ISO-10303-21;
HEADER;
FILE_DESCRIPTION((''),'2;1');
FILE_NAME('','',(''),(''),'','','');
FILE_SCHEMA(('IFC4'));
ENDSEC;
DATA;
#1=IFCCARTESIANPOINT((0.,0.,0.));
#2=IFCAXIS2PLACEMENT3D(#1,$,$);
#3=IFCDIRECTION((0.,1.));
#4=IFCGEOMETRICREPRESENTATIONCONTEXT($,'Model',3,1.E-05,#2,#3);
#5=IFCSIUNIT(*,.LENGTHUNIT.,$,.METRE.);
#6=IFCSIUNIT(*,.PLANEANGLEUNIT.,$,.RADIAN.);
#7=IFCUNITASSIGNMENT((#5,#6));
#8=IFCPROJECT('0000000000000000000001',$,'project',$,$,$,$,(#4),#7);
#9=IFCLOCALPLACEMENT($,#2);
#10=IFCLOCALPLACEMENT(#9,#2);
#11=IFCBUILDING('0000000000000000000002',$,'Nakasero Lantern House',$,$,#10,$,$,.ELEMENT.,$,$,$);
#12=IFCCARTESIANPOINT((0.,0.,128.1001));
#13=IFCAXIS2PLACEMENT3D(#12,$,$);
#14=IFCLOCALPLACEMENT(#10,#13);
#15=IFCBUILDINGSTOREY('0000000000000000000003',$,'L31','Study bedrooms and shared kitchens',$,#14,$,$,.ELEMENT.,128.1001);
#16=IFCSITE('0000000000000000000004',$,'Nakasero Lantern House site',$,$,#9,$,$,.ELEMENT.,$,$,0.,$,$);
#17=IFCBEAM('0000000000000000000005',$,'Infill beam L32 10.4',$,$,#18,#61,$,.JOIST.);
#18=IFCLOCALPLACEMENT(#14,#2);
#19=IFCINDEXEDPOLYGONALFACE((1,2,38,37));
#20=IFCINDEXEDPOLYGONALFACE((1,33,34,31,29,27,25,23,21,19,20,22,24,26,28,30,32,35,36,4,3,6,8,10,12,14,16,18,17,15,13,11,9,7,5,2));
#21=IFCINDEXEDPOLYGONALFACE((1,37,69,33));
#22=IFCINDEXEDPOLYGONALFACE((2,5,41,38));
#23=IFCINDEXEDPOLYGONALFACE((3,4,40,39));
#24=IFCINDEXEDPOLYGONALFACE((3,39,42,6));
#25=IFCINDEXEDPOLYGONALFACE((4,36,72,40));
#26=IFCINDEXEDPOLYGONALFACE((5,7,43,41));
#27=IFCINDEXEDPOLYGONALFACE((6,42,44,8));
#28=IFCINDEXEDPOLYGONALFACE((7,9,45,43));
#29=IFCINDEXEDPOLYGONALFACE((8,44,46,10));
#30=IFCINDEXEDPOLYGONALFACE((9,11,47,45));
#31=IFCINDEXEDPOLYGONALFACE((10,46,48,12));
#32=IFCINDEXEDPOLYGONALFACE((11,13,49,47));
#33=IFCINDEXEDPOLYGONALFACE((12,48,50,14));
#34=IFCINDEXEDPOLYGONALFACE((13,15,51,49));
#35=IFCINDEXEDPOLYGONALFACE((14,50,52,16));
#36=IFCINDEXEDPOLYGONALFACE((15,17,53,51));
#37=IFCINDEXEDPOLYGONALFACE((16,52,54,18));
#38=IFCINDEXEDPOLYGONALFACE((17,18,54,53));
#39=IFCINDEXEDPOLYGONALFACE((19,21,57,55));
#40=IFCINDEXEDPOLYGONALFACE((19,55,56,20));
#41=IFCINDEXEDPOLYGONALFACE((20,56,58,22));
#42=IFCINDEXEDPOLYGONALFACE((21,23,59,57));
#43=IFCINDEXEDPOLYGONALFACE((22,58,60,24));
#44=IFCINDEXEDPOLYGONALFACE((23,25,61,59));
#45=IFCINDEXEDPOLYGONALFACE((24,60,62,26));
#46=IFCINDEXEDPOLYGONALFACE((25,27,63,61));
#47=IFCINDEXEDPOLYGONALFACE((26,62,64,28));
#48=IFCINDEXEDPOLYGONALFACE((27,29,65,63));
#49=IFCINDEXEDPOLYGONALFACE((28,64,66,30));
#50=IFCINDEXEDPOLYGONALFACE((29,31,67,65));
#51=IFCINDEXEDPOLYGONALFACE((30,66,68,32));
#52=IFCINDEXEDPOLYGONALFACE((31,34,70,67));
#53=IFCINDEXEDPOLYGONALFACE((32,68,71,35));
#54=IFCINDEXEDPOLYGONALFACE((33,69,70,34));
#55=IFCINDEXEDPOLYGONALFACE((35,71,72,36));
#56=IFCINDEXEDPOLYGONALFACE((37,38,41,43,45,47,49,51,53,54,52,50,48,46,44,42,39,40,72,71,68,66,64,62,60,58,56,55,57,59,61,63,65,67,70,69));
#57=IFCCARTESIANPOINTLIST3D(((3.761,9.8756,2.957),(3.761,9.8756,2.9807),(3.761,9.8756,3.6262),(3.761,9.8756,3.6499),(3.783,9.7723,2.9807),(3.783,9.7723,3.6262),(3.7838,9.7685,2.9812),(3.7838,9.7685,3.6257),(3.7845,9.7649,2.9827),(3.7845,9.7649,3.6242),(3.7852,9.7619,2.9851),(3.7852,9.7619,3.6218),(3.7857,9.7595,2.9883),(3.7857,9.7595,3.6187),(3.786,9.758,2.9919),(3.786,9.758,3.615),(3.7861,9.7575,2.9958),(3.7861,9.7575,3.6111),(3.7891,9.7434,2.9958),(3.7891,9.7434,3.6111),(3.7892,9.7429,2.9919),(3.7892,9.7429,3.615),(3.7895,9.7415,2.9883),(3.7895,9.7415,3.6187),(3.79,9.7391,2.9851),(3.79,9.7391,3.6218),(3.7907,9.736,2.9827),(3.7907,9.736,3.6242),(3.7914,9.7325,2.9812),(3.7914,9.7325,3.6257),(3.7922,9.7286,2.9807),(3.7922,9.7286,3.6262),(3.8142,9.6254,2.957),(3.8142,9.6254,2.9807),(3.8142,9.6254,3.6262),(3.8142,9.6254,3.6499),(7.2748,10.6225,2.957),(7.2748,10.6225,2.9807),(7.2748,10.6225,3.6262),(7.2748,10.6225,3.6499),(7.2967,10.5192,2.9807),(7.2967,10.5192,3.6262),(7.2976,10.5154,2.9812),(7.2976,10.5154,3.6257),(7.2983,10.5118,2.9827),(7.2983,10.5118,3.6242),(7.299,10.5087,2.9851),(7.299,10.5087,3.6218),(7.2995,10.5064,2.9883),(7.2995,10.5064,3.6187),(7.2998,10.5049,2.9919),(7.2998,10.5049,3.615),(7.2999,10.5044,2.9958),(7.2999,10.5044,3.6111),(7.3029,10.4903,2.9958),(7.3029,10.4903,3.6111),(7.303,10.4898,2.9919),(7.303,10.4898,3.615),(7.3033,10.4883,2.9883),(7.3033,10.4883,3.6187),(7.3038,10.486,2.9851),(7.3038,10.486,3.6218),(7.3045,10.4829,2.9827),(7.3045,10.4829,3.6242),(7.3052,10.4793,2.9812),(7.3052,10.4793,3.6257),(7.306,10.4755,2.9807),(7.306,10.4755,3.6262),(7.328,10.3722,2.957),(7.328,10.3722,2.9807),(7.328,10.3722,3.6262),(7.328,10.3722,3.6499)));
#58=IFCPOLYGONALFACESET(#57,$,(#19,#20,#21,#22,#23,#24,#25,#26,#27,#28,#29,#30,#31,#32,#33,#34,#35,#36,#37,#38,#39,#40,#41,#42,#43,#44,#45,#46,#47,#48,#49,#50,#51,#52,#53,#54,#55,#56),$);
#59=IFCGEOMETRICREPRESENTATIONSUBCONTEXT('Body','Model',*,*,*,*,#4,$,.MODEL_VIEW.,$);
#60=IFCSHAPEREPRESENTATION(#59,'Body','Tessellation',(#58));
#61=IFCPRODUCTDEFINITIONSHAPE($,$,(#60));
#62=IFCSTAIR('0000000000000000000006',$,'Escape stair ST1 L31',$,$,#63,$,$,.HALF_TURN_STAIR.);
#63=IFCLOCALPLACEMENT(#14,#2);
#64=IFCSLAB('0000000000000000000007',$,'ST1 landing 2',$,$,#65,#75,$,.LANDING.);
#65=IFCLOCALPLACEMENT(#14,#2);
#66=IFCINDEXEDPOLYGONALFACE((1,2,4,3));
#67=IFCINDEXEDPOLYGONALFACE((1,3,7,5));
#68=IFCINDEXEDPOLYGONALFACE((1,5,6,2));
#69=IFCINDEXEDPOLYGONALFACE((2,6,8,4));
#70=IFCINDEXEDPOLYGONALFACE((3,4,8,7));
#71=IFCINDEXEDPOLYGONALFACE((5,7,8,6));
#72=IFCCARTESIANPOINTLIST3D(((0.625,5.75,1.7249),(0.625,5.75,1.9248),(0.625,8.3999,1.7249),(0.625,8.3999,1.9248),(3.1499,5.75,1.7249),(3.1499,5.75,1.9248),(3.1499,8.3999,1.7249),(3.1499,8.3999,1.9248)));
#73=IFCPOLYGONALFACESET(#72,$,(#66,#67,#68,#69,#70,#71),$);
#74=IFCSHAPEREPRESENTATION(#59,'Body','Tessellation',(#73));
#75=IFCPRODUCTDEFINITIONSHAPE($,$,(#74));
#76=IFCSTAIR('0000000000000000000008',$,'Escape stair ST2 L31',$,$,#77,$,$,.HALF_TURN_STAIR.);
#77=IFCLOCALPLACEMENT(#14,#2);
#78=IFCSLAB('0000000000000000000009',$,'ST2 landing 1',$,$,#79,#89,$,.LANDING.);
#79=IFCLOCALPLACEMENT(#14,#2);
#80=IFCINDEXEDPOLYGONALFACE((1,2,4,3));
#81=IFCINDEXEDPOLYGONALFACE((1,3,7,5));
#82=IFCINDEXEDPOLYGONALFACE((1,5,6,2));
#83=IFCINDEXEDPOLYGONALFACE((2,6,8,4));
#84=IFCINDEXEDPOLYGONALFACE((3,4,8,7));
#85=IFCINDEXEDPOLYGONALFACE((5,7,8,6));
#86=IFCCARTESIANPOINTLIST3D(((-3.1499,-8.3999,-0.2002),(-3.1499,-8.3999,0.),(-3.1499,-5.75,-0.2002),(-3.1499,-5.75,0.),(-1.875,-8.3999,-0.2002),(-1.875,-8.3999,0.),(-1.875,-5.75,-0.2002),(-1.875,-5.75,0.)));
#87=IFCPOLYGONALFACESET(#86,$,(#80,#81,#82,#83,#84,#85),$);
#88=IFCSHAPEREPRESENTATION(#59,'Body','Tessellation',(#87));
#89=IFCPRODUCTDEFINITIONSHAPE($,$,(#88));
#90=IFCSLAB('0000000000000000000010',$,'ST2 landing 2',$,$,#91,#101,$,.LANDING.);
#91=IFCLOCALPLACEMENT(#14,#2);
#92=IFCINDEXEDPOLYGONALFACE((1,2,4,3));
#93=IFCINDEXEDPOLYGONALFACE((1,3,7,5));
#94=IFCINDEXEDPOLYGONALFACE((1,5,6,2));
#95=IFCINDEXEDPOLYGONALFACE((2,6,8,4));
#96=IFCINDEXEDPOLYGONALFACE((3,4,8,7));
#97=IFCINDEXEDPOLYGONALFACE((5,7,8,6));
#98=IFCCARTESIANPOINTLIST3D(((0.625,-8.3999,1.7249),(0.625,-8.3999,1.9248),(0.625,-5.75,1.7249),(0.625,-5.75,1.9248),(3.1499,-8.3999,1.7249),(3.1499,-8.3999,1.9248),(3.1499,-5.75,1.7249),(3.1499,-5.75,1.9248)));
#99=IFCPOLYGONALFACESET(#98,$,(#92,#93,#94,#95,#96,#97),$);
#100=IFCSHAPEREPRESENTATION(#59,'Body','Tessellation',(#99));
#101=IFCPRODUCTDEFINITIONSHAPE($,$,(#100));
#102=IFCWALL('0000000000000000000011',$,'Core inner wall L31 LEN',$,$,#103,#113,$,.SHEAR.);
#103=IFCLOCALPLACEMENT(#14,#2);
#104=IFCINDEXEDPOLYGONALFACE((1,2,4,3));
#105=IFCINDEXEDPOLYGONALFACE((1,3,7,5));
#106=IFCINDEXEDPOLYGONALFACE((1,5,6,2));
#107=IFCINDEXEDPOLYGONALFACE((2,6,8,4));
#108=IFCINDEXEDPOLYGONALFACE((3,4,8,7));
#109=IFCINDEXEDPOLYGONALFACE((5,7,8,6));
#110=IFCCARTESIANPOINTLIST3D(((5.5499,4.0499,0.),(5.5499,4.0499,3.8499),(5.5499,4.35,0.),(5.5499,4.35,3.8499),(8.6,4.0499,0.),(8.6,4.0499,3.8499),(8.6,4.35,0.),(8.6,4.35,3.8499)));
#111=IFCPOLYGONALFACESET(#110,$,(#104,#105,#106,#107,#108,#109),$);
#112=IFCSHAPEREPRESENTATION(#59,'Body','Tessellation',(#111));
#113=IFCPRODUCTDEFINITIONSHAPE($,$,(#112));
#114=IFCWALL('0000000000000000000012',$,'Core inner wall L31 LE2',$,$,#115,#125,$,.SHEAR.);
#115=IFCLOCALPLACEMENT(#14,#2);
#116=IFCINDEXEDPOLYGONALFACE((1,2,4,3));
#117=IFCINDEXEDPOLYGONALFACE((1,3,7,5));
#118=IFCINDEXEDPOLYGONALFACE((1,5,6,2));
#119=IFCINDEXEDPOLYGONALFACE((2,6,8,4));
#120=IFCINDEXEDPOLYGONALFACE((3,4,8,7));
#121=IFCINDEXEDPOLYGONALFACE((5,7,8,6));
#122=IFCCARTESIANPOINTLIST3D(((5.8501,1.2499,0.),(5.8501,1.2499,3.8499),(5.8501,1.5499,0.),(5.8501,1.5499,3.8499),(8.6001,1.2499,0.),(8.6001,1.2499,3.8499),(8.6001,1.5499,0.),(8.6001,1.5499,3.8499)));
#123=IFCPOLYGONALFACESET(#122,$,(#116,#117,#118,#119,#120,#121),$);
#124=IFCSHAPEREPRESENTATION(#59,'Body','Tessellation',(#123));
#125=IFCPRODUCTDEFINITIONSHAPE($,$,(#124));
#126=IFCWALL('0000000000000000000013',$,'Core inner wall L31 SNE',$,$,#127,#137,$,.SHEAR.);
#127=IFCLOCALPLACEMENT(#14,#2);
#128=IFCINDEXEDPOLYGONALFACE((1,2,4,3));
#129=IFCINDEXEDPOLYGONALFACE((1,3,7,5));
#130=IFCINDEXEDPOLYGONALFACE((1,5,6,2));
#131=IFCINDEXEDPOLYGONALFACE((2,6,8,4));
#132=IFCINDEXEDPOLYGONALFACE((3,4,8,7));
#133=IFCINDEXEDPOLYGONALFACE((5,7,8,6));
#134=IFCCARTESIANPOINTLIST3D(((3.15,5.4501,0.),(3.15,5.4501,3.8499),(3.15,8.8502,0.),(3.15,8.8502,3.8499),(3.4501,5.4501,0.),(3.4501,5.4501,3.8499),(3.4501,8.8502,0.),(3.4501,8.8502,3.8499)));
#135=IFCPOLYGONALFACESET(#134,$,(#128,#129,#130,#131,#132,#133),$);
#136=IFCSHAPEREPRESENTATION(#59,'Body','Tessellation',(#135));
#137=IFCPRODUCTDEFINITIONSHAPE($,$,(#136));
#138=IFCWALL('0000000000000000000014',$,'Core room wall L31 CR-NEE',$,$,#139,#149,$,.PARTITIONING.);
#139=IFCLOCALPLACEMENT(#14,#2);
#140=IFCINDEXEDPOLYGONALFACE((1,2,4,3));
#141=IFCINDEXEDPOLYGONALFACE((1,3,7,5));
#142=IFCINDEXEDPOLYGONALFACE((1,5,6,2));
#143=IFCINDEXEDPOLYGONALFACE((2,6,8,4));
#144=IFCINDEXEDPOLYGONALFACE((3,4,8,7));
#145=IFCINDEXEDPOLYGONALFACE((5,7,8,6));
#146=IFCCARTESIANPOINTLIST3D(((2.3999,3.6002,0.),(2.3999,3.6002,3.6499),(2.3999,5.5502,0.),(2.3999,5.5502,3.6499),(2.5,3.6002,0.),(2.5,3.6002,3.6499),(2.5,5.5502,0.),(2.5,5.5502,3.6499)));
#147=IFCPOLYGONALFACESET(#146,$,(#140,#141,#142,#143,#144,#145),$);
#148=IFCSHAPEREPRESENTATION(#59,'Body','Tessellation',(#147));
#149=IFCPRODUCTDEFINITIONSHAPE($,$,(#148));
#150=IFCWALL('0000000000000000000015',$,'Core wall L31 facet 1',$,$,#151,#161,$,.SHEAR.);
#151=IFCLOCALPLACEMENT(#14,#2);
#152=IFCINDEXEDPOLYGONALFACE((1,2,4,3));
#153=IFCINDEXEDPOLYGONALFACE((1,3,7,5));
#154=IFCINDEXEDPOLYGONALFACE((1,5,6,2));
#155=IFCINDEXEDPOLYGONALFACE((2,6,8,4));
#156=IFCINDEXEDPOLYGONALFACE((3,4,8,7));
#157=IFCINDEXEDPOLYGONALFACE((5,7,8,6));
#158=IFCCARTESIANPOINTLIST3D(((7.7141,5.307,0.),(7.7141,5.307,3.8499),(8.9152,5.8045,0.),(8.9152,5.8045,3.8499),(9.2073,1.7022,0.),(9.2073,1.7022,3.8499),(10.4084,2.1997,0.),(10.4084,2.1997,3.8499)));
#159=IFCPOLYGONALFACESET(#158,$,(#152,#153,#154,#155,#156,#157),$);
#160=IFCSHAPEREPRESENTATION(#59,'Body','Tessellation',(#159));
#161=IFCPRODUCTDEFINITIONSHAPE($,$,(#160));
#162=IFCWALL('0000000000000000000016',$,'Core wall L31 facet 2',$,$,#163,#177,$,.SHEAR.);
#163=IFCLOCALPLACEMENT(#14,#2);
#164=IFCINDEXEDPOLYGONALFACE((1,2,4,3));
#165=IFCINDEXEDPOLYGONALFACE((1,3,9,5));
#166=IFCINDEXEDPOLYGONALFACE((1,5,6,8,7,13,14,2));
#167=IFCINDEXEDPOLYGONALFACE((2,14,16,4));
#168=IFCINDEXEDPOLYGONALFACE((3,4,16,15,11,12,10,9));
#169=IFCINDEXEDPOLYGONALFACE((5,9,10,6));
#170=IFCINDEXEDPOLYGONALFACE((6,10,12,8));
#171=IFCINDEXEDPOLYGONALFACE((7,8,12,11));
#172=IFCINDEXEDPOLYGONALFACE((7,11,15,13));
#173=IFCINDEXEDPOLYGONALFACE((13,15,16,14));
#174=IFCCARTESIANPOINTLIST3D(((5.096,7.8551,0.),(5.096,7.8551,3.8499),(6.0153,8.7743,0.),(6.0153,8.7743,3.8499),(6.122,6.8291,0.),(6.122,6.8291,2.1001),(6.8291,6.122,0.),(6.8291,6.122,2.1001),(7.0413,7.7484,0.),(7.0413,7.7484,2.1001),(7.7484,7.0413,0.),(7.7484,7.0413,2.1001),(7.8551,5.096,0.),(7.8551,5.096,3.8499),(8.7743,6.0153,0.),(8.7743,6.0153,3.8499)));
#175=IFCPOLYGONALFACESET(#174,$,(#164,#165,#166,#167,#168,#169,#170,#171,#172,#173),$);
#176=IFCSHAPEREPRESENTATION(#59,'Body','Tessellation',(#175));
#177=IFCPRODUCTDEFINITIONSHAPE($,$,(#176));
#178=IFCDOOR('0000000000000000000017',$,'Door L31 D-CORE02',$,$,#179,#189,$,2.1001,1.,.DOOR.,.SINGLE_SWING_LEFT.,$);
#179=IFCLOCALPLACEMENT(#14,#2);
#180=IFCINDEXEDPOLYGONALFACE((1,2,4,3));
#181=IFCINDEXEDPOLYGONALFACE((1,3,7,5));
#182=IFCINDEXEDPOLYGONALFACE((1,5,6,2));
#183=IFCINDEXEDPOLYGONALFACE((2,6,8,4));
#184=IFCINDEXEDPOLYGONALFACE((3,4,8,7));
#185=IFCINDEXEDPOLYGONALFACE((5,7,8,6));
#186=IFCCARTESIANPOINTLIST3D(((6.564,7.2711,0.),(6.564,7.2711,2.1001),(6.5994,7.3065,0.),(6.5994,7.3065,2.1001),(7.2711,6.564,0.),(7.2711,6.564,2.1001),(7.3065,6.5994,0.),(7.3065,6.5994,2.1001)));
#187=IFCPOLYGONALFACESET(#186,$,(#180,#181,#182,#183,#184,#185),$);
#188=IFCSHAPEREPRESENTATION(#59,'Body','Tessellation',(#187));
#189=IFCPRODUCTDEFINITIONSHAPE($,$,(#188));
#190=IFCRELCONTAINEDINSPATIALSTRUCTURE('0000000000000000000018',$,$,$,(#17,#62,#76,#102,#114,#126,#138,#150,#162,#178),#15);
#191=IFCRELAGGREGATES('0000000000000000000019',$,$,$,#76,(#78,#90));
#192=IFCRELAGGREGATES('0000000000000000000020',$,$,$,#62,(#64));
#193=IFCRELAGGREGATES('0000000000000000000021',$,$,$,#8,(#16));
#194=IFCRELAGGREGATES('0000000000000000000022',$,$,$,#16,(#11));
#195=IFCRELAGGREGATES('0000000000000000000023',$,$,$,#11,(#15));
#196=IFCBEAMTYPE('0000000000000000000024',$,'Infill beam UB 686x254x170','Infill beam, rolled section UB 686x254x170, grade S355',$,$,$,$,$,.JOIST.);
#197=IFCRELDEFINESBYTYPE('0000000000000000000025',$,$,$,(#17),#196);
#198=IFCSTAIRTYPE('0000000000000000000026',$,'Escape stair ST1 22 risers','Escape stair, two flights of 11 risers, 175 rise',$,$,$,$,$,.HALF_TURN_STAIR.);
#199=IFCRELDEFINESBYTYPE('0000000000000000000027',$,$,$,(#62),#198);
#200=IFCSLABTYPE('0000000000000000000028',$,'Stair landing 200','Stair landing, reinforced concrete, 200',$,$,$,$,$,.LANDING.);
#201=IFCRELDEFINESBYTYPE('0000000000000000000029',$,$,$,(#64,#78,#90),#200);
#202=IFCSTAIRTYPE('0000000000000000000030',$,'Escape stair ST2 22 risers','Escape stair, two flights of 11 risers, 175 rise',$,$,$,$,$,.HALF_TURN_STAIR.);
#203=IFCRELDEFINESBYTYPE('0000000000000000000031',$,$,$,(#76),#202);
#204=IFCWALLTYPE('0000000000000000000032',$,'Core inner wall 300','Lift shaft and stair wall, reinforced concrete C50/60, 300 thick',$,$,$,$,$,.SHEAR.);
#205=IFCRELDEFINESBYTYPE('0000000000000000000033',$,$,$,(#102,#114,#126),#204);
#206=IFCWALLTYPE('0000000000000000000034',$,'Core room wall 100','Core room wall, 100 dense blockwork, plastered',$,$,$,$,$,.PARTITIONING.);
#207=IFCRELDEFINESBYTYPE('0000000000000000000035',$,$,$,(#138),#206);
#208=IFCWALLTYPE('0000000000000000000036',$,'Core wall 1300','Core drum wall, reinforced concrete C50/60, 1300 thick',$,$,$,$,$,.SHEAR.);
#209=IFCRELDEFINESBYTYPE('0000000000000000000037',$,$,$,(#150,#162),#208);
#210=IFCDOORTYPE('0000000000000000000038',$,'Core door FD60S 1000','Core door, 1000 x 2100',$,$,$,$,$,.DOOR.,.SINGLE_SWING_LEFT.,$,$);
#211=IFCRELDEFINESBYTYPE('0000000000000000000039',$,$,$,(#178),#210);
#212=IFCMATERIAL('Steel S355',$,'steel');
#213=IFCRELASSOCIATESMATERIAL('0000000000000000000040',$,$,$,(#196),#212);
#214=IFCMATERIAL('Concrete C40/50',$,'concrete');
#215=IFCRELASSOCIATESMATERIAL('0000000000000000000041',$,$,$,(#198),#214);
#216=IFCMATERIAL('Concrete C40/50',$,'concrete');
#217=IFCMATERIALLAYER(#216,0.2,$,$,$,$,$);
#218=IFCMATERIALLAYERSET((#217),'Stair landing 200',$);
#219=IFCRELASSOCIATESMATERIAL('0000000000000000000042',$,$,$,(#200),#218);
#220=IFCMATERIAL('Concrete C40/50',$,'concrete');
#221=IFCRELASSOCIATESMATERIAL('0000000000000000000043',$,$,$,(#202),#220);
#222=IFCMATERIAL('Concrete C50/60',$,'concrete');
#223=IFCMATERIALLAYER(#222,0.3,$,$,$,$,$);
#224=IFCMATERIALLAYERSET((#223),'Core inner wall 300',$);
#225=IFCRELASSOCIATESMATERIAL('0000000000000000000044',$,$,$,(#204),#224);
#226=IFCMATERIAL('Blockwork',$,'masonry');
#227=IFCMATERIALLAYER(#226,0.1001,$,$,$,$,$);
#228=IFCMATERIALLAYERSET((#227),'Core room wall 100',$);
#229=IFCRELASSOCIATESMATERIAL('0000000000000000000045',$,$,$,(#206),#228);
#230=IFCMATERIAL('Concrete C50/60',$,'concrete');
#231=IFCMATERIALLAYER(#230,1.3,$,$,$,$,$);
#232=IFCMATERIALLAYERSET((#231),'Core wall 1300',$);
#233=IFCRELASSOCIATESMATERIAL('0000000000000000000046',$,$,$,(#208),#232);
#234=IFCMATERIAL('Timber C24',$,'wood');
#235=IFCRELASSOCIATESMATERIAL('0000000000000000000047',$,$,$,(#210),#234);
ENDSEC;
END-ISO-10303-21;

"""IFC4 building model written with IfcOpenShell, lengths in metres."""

from ifc_helpers import new_model, si_unit, direction, frame, frame_2d, origin, origin_2d, place, context, subcontext, project, spatial, polyline, rectangle, i_section, outline, extrude, material, layer, layer_set, material_profile, profile_set, type_object, element, fill, aggregate, save


model = new_model("IFC4")

# Units and contexts
model_context = context("Model", 3, precision=1e-05, world=origin(), true_north=direction((0.0, 1.0)))
body_context = subcontext(model_context, "Body", "Model", "MODEL_VIEW")
ifc_project = project(units=[si_unit("LENGTHUNIT", "METRE"), si_unit("PLANEANGLEUNIT", "RADIAN")], contexts=[model_context])

# Site, building, storey
site_placement = place(None, origin())
site = spatial("IfcSite", under=ifc_project, at=site_placement, Name="Nakasero Lantern House site", CompositionType="ELEMENT", RefElevation=0.0)
building_placement = place(site_placement, origin())
building = spatial("IfcBuilding", under=site, at=building_placement, Name="Nakasero Lantern House", CompositionType="ELEMENT")
storey_placement = place(building_placement, frame((0.0, 0.0, 128.1001)))
storey = spatial("IfcBuildingStorey", under=building, at=storey_placement, Name="L31", Description="Study bedrooms and shared kitchens", CompositionType="ELEMENT", Elevation=128.1001)

# Beam
ifc_material_1 = material(Name="Steel S355", Category="steel")
ifc_material_profile_1 = material_profile(ifc_material_1, i_section(OverallWidth=0.2559, OverallDepth=0.6929, WebThickness=0.0144, FlangeThickness=0.0237, FilletRadius=0.0151, at=origin_2d()), Name="UB 686x254x170")
ifc_profile_set_1 = profile_set([ifc_material_profile_1], Name="Steel S355")
beam_type_1 = type_object("IfcBeamType", Name="Infill beam UB 686x254x170", Description="Infill beam, rolled section UB 686x254x170, grade S355", PredefinedType="JOIST", material=ifc_profile_set_1)
beam_1_placement = place(storey_placement, frame((3.7876, 9.7505, 3.3035), z_axis=(0.978149, 0.207904, 0.0), x_axis=(-0.207904, 0.978149, 0.0)))
element("IfcBeam", 1, at=beam_1_placement, inside=storey, type_object=beam_type_1, Name="Infill beam L32 10.4", PredefinedType="JOIST", context=body_context, shape_type="SweptSolid", body=[
    extrude(i_section(OverallWidth=0.2559, OverallDepth=0.6929, WebThickness=0.0144, FlangeThickness=0.0237, FilletRadius=0.0151, at=origin_2d()), origin(), (0.0, 0.0, 1.0), 3.5923),
])

# Stair, slab
ifc_material_2 = material(Name="Concrete C40/50", Category="concrete")
stair_type_1 = type_object("IfcStairType", Name="Escape stair ST1 22 risers", Description="Escape stair, two flights of 11 risers, 175 rise", PredefinedType="HALF_TURN_STAIR", material=ifc_material_2)
stair_1_placement = place(storey_placement, origin())
stair_1 = element("IfcStair", 2, at=stair_1_placement, inside=storey, type_object=stair_type_1, Name="Escape stair ST1 L31", PredefinedType="HALF_TURN_STAIR")
ifc_material_3 = material(Name="Concrete C40/50", Category="concrete")
ifc_layer_1 = layer(ifc_material_3, 0.2)
ifc_layer_set_1 = layer_set([ifc_layer_1], Name="Stair landing 200")
slab_type = type_object("IfcSlabType", Name="Stair landing 200", Description="Stair landing, reinforced concrete, 200", PredefinedType="LANDING", material=ifc_layer_set_1)
slab_1_placement = place(storey_placement, frame((0.0, 0.0, 1.7249)))
slab_1 = element("IfcSlab", 3, at=slab_1_placement, type_object=slab_type, Name="ST1 landing 2", PredefinedType="LANDING", context=body_context, shape_type="SweptSolid", body=[
    extrude(outline(polyline([(0.625, 5.75), (3.1499, 5.75), (3.1499, 8.3999), (0.625, 8.3999), (0.625, 5.75)])), origin(), (0.0, 0.0, 1.0), 0.2),
])

# Stair, slabs
ifc_material_4 = material(Name="Concrete C40/50", Category="concrete")
stair_type_2 = type_object("IfcStairType", Name="Escape stair ST2 22 risers", Description="Escape stair, two flights of 11 risers, 175 rise", PredefinedType="HALF_TURN_STAIR", material=ifc_material_4)
stair_2_placement = place(storey_placement, origin())
stair_2 = element("IfcStair", 4, at=stair_2_placement, inside=storey, type_object=stair_type_2, Name="Escape stair ST2 L31", PredefinedType="HALF_TURN_STAIR")
slab_2_placement = place(storey_placement, frame((0.0, 0.0, -0.2002)))
slab_2 = element("IfcSlab", 5, at=slab_2_placement, type_object=slab_type, Name="ST2 landing 1", PredefinedType="LANDING", context=body_context, shape_type="SweptSolid", body=[
    extrude(outline(polyline([(-3.1499, -8.3999), (-1.875, -8.3999), (-1.875, -5.75), (-3.1499, -5.75), (-3.1499, -8.3999)])), origin(), (0.0, 0.0, 1.0), 0.2002),
])
slab_3_placement = place(storey_placement, frame((0.0, 0.0, 1.7249)))
slab_3 = element("IfcSlab", 6, at=slab_3_placement, type_object=slab_type, Name="ST2 landing 2", PredefinedType="LANDING", context=body_context, shape_type="SweptSolid", body=[
    extrude(outline(polyline([(0.625, -8.3999), (3.1499, -8.3999), (3.1499, -5.75), (0.625, -5.75), (0.625, -8.3999)])), origin(), (0.0, 0.0, 1.0), 0.2),
])
aggregate(stair_2, [slab_2, slab_3])

# Walls
ifc_material_5 = material(Name="Concrete C50/60", Category="concrete")
ifc_layer_2 = layer(ifc_material_5, 0.3)
ifc_layer_set_2 = layer_set([ifc_layer_2], Name="Core inner wall 300")
wall_type_1 = type_object("IfcWallType", Name="Core inner wall 300", Description="Lift shaft and stair wall, reinforced concrete C50/60, 300 thick", PredefinedType="SHEAR", material=ifc_layer_set_2)
wall_1_placement = place(storey_placement, frame((5.55, 4.2, 0.0), z_axis=(0.0, 0.0, 1.0), x_axis=(1.0, 0.0, 0.0)))
element("IfcWall", 7, at=wall_1_placement, inside=storey, type_object=wall_type_1, Name="Core inner wall L31 LEN", PredefinedType="SHEAR", context=body_context, shape_type="SweptSolid", body=[
    extrude(rectangle(XDim=3.05, YDim=0.3, at=frame_2d((1.5249, 0.0))), origin(), (0.0, 0.0, 1.0), 3.8499),
])
wall_2_placement = place(storey_placement, frame((5.8501, 1.3999, 0.0), z_axis=(0.0, 0.0, 1.0), x_axis=(1.0, 0.0, 0.0)))
element("IfcWall", 8, at=wall_2_placement, inside=storey, type_object=wall_type_1, Name="Core inner wall L31 LE2", PredefinedType="SHEAR", context=body_context, shape_type="SweptSolid", body=[
    extrude(rectangle(XDim=2.75, YDim=0.3, at=frame_2d((1.375, 0.0))), origin(), (0.0, 0.0, 1.0), 3.8499),
])
wall_3_placement = place(storey_placement, frame((3.3, 5.45, 0.0), z_axis=(0.0, 0.0, 1.0), x_axis=(0.0, 1.0, 0.0)))
element("IfcWall", 9, at=wall_3_placement, inside=storey, type_object=wall_type_1, Name="Core inner wall L31 SNE", PredefinedType="SHEAR", context=body_context, shape_type="SweptSolid", body=[
    extrude(rectangle(XDim=3.4001, YDim=0.3, at=frame_2d((1.7002, 0.0))), origin(), (0.0, 0.0, 1.0), 3.8499),
])
ifc_material_6 = material(Name="Blockwork", Category="masonry")
ifc_layer_3 = layer(ifc_material_6, 0.1001)
ifc_layer_set_3 = layer_set([ifc_layer_3], Name="Core room wall 100")
wall_type_2 = type_object("IfcWallType", Name="Core room wall 100", Description="Core room wall, 100 dense blockwork, plastered", PredefinedType="PARTITIONING", material=ifc_layer_set_3)
wall_4_placement = place(storey_placement, frame((2.45, 3.6001, 0.0), z_axis=(0.0, 0.0, 1.0), x_axis=(0.0, 1.0, 0.0)))
element("IfcWall", 10, at=wall_4_placement, inside=storey, type_object=wall_type_2, Name="Core room wall L31 CR-NEE", PredefinedType="PARTITIONING", context=body_context, shape_type="SweptSolid", body=[
    extrude(rectangle(XDim=1.95, YDim=0.1001, at=frame_2d((0.9751, 0.0))), origin(), (0.0, 0.0, 1.0), 3.6499),
])
ifc_material_7 = material(Name="Concrete C50/60", Category="concrete")
ifc_layer_4 = layer(ifc_material_7, 1.3)
ifc_layer_set_4 = layer_set([ifc_layer_4], Name="Core wall 1300")
wall_type_3 = type_object("IfcWallType", Name="Core wall 1300", Description="Core drum wall, reinforced concrete C50/60, 1300 thick", PredefinedType="SHEAR", material=ifc_layer_set_4)
wall_5_placement = place(storey_placement, frame((9.8079, 1.9509, 0.0), z_axis=(0.0, 0.0, 1.0), x_axis=(-0.382691, 0.923877, 0.0)))
element("IfcWall", 11, at=wall_5_placement, inside=storey, type_object=wall_type_3, Name="Core wall L31 facet 1", PredefinedType="SHEAR", context=body_context, shape_type="SweptSolid", body=[
    extrude(rectangle(XDim=3.9019, YDim=1.3, at=frame_2d((1.9509, 0.0))), origin(), (0.0, 0.0, 1.0), 3.8499),
])

# Wall, opening, door
wall_6_placement = place(storey_placement, frame((8.3147, 5.5557, 0.0), z_axis=(0.0, 0.0, 1.0), x_axis=(-0.707107, 0.707107, 0.0)))
wall_6 = element("IfcWall", 12, at=wall_6_placement, inside=storey, type_object=wall_type_3, Name="Core wall L31 facet 2", PredefinedType="SHEAR", context=body_context, shape_type="SweptSolid", body=[
    extrude(rectangle(XDim=3.9019, YDim=1.3, at=frame_2d((1.9509, 0.0))), origin(), (0.0, 0.0, 1.0), 3.8499),
])
opening_1_placement = place(wall_6_placement, frame((1.4509, 0.0, 0.0)))
opening_1 = element("IfcOpeningElement", 13, at=opening_1_placement, cuts=wall_6, PredefinedType="OPENING", context=body_context, shape_type="SweptSolid", body=[
    extrude(rectangle(XDim=1.0, YDim=2.1001, at=frame_2d((0.5, 1.05))), frame((0.0, 0.6699, 0.0), z_axis=(0.0, -1.0, 0.0), x_axis=(1.0, 0.0, 0.0)), (0.0, 0.0, 1.0), 1.3401),
])
ifc_material_8 = material(Name="Timber C24", Category="wood")
door_type_1 = type_object("IfcDoorType", Name="Core door FD60S 1000", Description="Core door, 1000 x 2100", OperationType="SINGLE_SWING_LEFT", PredefinedType="DOOR", material=ifc_material_8)
door_1_placement = place(opening_1_placement, origin())
door_1 = element("IfcDoor", 14, at=door_1_placement, inside=storey, type_object=door_type_1, Name="Door L31 D-CORE02", OperationType="SINGLE_SWING_LEFT", OverallHeight=2.1001, OverallWidth=1.0, PredefinedType="DOOR", context=body_context, shape_type="SweptSolid", body=[
    extrude(rectangle(XDim=1.0, YDim=2.1001, at=frame_2d((0.5, 1.05))), frame((0.0, 0.0249, 0.0), z_axis=(0.0, -1.0, 0.0), x_axis=(1.0, 0.0, 0.0)), (0.0, 0.0, 1.0), 0.05),
])
fill(opening_1, door_1)

aggregate(stair_1, [slab_1])

save(model, "model.ifc")
